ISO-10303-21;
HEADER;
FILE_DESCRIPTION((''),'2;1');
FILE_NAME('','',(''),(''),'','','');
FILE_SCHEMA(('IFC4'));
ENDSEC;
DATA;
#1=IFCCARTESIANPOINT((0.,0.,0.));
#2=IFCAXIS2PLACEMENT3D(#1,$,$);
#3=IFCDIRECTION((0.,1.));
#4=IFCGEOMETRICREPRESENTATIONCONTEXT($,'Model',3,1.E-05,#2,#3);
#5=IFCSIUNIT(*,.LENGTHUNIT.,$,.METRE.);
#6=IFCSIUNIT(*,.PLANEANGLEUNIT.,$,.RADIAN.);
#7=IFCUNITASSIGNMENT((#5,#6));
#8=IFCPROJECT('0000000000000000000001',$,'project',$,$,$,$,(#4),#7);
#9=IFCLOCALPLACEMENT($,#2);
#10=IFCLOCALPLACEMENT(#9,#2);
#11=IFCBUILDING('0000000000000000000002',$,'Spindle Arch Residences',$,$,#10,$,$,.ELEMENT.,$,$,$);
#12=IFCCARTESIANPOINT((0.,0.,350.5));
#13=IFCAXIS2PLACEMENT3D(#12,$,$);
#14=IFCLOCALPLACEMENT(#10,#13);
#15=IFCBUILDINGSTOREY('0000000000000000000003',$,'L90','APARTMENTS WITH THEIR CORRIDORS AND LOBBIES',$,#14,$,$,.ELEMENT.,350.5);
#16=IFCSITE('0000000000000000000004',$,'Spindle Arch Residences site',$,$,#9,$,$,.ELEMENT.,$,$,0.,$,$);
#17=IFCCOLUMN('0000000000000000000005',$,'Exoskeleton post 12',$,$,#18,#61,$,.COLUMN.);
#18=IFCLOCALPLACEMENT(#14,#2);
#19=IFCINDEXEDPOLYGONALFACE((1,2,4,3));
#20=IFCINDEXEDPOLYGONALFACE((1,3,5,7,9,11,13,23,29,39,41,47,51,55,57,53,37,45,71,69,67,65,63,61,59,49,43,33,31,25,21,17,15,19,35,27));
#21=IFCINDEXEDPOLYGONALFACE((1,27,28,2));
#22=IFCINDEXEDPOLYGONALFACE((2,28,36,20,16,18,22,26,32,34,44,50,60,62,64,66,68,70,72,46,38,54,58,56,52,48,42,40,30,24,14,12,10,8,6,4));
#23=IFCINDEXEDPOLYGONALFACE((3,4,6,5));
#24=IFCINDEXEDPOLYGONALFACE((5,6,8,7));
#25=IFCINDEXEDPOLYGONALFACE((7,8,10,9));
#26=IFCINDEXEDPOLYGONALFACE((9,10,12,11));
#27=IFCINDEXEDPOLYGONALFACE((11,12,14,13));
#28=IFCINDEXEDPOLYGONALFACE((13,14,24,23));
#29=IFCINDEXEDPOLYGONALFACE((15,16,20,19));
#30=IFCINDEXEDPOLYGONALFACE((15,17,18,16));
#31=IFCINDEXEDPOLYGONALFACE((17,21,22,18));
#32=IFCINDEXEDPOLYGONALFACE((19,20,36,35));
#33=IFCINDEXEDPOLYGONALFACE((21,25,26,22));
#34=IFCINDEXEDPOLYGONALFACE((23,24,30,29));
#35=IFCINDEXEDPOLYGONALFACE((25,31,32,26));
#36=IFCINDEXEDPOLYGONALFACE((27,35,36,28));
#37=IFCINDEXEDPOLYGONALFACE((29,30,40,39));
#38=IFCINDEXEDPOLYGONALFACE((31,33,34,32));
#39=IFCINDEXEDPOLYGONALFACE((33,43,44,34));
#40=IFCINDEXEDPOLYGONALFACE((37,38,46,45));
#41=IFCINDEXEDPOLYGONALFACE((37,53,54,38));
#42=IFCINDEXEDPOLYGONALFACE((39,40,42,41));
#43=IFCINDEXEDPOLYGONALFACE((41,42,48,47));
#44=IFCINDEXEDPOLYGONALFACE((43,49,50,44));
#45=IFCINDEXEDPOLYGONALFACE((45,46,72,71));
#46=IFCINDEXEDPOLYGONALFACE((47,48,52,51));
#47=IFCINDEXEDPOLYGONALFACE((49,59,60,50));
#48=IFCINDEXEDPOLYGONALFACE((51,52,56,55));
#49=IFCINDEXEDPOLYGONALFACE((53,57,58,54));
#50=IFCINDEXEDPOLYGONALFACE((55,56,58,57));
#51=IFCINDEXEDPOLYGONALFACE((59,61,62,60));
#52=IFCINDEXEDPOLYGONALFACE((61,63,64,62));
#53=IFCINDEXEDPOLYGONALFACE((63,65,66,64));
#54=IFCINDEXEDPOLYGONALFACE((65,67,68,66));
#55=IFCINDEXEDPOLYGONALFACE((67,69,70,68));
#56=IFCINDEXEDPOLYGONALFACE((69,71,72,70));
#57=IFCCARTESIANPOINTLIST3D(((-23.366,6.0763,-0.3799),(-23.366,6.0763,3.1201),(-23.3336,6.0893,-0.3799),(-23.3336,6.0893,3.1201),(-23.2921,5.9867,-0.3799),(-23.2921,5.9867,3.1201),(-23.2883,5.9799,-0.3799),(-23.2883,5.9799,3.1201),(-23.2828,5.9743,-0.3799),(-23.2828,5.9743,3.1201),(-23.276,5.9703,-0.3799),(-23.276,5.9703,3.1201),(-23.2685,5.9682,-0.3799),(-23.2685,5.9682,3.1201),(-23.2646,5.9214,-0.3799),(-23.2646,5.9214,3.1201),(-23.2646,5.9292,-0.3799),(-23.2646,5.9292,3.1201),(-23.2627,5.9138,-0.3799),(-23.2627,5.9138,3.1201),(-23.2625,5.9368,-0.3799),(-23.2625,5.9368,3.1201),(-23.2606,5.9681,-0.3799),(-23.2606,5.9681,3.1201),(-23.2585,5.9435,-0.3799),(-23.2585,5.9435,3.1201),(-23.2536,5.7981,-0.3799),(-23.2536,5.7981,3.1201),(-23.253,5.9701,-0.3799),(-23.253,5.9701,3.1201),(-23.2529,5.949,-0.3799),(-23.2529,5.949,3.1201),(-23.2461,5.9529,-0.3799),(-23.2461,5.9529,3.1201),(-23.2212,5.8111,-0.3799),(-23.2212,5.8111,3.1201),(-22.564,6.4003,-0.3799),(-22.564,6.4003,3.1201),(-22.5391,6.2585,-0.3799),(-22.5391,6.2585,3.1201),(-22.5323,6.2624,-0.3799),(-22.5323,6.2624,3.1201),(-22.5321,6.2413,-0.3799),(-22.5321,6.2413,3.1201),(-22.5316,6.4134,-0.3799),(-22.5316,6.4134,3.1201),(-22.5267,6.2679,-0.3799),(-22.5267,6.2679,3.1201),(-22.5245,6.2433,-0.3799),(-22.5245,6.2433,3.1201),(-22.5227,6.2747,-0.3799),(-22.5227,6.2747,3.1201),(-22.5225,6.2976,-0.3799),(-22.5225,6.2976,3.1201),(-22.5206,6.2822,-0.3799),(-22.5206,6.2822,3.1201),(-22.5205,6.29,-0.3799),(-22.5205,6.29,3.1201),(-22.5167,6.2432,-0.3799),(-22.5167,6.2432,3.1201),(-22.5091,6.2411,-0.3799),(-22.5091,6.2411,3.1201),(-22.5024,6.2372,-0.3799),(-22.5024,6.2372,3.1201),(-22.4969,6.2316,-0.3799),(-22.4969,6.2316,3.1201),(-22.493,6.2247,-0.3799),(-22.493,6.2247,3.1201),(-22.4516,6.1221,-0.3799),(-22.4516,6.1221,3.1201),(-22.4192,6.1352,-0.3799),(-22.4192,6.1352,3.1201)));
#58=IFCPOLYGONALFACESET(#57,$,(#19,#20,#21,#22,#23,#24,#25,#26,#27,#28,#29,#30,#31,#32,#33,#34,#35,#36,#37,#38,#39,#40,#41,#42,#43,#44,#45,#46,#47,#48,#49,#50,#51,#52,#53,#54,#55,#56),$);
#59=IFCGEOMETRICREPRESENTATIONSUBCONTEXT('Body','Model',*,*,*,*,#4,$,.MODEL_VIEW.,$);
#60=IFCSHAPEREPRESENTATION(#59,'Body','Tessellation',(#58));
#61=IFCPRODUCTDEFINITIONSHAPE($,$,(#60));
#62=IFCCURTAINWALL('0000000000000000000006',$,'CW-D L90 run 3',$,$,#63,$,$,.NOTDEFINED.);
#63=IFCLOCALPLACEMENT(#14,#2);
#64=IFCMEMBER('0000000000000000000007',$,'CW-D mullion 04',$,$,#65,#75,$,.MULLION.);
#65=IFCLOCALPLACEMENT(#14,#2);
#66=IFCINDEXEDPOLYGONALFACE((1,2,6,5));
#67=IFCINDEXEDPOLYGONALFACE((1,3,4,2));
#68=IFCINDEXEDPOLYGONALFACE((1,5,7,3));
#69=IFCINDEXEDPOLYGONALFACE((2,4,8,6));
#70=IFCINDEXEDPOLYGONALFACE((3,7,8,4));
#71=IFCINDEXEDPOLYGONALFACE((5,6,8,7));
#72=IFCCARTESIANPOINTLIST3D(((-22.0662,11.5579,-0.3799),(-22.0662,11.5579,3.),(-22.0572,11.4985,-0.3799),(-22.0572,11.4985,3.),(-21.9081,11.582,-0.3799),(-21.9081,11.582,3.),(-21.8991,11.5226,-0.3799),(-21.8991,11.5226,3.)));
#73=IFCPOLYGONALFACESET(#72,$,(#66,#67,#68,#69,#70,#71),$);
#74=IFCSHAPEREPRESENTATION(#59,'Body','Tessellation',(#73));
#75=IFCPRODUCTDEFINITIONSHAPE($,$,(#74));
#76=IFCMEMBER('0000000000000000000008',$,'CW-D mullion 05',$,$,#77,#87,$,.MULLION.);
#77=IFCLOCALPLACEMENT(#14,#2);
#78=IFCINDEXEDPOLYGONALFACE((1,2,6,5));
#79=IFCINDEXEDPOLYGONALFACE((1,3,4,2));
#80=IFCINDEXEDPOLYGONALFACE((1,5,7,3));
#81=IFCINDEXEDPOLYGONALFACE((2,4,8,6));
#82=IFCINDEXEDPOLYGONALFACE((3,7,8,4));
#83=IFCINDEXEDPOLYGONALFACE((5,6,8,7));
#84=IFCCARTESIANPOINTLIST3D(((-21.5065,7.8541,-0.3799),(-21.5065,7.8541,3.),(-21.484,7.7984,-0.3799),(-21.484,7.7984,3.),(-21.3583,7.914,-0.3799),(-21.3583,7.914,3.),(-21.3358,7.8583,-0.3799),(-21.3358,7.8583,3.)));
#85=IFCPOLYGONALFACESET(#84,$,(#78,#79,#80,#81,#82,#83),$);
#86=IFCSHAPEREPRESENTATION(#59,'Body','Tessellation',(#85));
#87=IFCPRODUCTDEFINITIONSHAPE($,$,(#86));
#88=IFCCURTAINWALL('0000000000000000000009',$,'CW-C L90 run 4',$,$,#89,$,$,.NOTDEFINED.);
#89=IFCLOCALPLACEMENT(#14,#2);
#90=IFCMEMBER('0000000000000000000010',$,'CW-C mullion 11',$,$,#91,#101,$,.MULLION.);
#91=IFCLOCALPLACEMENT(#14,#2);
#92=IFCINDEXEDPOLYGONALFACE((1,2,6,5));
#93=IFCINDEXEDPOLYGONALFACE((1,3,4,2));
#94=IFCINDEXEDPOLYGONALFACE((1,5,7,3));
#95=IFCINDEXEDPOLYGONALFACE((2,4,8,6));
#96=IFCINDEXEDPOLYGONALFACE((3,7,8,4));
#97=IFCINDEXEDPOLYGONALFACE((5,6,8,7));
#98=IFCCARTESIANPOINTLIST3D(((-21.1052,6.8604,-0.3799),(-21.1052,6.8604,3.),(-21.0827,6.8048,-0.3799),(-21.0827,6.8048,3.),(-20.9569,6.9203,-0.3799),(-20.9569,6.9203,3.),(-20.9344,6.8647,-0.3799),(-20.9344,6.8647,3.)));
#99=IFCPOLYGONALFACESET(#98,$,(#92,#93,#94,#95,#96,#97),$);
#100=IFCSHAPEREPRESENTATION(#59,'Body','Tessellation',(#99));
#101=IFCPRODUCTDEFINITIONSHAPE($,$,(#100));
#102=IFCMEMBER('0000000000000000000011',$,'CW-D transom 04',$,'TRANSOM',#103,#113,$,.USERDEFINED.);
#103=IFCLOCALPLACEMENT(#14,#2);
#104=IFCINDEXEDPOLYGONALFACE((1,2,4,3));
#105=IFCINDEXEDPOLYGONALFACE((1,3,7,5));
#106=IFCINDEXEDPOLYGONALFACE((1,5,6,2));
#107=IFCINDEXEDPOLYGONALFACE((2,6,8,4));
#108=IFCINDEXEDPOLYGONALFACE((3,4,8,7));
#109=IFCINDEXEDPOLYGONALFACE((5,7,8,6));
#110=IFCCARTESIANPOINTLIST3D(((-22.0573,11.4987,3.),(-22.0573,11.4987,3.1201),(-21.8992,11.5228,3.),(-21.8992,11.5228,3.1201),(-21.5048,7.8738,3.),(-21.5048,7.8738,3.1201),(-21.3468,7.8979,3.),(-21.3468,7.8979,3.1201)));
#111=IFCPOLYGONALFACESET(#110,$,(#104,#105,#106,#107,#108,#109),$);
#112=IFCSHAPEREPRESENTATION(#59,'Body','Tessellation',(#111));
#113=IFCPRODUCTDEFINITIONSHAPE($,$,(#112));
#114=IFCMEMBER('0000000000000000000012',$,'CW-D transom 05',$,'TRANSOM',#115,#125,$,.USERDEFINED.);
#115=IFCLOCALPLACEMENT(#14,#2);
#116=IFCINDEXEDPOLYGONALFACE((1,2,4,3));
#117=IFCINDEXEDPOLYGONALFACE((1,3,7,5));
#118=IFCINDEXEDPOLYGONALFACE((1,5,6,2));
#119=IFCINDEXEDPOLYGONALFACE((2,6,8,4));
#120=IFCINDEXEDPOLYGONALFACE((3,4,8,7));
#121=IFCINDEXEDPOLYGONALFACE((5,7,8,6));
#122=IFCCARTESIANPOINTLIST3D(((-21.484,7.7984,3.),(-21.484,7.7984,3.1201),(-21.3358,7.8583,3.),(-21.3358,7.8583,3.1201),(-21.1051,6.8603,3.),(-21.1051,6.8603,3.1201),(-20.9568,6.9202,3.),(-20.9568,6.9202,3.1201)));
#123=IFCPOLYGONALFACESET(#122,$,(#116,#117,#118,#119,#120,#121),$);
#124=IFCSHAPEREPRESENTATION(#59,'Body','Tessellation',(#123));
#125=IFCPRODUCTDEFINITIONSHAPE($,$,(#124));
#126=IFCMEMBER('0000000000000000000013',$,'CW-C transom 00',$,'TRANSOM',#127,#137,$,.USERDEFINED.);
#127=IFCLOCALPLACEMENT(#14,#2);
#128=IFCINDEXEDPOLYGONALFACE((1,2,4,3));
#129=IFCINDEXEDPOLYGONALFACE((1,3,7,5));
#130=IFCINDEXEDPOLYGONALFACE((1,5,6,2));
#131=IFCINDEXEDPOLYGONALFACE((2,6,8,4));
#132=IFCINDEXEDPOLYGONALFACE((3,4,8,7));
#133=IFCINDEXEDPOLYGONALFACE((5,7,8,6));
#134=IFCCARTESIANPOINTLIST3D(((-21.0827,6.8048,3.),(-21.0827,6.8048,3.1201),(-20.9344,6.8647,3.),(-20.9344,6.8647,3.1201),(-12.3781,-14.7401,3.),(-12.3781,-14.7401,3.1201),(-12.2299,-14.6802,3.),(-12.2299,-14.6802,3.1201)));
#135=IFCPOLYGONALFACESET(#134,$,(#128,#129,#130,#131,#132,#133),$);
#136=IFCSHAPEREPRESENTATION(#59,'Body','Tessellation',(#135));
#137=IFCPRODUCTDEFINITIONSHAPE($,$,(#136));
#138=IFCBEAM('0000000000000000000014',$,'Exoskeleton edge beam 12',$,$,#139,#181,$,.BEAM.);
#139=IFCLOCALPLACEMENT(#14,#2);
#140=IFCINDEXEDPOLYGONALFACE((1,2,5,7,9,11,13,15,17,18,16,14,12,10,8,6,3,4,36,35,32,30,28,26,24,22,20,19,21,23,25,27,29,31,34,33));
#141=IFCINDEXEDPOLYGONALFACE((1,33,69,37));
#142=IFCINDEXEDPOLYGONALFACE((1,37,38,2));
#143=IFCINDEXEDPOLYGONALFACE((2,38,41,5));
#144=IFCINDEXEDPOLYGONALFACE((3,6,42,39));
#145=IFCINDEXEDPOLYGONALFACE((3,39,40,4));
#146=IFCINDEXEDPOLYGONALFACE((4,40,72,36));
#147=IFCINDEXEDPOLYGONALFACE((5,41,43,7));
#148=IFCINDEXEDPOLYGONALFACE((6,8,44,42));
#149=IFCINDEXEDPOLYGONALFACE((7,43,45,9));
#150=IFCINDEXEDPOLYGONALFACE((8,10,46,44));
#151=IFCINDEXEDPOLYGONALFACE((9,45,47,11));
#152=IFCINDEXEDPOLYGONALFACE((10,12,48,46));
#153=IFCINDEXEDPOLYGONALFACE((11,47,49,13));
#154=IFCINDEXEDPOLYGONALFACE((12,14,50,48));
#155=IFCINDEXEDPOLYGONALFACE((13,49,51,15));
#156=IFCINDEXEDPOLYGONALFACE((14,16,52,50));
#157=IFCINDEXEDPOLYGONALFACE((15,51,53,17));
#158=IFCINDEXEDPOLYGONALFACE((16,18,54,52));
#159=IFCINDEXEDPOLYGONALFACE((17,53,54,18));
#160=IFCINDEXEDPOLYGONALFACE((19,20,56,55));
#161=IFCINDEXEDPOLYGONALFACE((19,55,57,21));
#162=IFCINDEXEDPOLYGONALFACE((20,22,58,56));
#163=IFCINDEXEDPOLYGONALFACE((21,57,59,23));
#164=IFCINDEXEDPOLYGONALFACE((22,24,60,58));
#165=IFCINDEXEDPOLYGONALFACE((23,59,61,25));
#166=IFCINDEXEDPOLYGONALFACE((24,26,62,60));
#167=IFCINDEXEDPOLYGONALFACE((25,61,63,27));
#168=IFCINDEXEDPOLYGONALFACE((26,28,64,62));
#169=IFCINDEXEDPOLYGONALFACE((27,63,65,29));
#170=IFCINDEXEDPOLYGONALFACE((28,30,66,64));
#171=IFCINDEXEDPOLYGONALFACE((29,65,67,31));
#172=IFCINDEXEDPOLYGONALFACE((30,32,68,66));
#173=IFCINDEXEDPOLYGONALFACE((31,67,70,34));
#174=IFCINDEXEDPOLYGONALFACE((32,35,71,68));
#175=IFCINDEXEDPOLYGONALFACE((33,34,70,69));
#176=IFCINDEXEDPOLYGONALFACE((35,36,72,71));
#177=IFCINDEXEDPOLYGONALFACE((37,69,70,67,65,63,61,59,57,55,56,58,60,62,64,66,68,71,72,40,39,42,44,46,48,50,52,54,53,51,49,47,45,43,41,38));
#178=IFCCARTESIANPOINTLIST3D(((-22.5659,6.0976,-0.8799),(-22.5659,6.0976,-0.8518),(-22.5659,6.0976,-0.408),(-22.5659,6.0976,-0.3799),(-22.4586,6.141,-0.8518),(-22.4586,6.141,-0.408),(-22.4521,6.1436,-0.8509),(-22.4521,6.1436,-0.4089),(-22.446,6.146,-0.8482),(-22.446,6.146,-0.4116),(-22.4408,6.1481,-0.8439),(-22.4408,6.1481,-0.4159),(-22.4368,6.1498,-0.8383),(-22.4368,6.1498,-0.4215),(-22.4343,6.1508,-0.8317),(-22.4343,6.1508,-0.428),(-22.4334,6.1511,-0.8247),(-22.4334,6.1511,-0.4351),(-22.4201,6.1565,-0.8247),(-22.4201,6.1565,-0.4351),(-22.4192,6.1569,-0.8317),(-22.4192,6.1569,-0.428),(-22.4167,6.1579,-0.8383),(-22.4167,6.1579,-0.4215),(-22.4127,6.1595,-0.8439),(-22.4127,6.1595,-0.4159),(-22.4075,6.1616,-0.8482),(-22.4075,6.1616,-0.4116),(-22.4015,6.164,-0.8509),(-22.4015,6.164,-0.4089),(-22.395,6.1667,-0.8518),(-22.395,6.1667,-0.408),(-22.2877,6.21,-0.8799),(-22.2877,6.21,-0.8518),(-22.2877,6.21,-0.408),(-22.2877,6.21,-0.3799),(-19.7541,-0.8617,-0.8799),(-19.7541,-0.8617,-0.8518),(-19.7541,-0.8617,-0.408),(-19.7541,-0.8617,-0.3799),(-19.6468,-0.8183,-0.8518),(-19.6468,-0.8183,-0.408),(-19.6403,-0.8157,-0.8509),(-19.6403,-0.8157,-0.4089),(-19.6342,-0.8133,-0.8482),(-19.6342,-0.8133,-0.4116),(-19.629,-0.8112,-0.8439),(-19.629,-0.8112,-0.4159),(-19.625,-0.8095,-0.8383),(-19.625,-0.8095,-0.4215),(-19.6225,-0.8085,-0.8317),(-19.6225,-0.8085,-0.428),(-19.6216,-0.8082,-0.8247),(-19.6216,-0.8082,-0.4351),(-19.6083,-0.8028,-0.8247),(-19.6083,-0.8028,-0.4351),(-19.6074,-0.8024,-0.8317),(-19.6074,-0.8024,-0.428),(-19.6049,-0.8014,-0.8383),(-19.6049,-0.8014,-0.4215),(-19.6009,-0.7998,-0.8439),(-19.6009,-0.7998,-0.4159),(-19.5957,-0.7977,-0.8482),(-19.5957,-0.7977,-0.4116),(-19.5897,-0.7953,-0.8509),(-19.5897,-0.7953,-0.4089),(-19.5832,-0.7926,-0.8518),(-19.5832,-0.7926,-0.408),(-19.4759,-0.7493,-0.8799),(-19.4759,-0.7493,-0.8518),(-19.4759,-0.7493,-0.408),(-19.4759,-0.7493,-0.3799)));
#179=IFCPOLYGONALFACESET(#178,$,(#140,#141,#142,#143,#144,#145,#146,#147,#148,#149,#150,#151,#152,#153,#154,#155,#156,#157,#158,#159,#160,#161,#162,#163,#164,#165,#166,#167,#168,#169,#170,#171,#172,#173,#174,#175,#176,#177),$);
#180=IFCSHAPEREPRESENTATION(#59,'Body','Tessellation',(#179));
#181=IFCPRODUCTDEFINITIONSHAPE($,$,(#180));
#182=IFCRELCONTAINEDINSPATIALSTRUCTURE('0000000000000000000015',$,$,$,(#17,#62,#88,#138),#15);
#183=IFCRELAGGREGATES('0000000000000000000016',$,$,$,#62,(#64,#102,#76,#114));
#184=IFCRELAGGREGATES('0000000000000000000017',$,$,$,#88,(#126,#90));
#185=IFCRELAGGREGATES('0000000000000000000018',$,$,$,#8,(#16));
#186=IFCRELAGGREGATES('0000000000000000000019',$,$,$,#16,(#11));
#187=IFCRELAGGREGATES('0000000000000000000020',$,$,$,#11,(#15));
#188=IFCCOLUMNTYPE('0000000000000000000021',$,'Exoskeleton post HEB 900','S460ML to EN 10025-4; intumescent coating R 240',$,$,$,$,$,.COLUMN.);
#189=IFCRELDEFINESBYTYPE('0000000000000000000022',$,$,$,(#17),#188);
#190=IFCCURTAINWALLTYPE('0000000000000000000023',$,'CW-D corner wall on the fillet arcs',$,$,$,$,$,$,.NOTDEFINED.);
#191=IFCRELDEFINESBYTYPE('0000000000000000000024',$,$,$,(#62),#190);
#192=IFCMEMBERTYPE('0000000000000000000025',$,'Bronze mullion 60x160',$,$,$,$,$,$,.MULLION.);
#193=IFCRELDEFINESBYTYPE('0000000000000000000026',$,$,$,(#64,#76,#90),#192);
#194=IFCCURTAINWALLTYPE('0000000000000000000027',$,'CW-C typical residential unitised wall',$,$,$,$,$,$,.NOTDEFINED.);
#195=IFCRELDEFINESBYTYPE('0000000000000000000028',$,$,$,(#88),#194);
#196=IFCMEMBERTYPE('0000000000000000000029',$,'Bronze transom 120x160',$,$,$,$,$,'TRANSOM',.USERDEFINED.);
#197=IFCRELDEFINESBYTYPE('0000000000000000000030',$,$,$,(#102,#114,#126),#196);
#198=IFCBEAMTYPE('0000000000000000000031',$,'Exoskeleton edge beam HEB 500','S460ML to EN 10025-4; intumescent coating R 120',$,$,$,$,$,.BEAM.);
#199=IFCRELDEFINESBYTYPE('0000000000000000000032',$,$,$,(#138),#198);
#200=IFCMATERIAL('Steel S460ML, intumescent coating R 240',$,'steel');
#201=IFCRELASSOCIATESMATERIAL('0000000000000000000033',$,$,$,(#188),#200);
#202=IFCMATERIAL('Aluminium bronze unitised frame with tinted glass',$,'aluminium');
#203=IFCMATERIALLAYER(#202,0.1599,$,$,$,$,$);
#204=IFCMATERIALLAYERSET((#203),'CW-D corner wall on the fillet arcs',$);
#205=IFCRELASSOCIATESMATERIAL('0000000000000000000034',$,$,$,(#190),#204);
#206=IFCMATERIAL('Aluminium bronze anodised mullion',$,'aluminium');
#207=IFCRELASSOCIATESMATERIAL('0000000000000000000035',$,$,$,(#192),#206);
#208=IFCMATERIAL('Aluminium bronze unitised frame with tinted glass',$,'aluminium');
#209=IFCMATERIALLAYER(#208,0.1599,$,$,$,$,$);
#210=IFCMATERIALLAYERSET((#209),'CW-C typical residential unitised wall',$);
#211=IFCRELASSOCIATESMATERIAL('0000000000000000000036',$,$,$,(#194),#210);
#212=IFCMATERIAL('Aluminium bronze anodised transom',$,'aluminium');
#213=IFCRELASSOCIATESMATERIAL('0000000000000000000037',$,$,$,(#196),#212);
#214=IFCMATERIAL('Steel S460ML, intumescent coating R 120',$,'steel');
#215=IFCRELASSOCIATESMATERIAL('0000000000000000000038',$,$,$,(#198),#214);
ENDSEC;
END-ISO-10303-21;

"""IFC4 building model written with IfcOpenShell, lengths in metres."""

from ifc_helpers import new_model, si_unit, direction, frame, origin, origin_2d, place, context, subcontext, project, spatial, rectangle, i_section, extrude, material, layer, layer_set, material_profile, profile_set, type_object, element, aggregate, save


model = new_model("IFC4")

# Units and contexts
model_context = context("Model", 3, precision=1e-05, world=origin(), true_north=direction((0.0, 1.0)))
body_context = subcontext(model_context, "Body", "Model", "MODEL_VIEW")
ifc_project = project(units=[si_unit("LENGTHUNIT", "METRE"), si_unit("PLANEANGLEUNIT", "RADIAN")], contexts=[model_context])

# Site, building, storey
site_placement = place(None, origin())
site = spatial("IfcSite", under=ifc_project, at=site_placement, Name="Spindle Arch Residences site", CompositionType="ELEMENT", RefElevation=0.0)
building_placement = place(site_placement, origin())
building = spatial("IfcBuilding", under=site, at=building_placement, Name="Spindle Arch Residences", CompositionType="ELEMENT")
storey_placement = place(building_placement, frame((0.0, 0.0, 350.5)))
storey = spatial("IfcBuildingStorey", under=building, at=storey_placement, Name="L90", Description="APARTMENTS WITH THEIR CORRIDORS AND LOBBIES", CompositionType="ELEMENT", Elevation=350.5)

# Column
ifc_material_1 = material(Name="Steel S460ML, intumescent coating R 240", Category="steel")
ifc_material_profile_1 = material_profile(ifc_material_1, i_section(OverallWidth=0.3, OverallDepth=0.8999, WebThickness=0.0186, FlangeThickness=0.0349, FilletRadius=0.03, at=origin_2d()), Name="HEB 900")
ifc_profile_set_1 = profile_set([ifc_material_profile_1], Name="Steel S460ML, intumescent coating R 240")
column_type = type_object("IfcColumnType", Name="Exoskeleton post HEB 900", Description="S460ML to EN 10025-4; intumescent coating R 240", PredefinedType="COLUMN", material=ifc_profile_set_1)
column_placement = place(storey_placement, frame((-22.8926, 6.1057, -0.3799), z_axis=(0.0, 0.0, 1.0), x_axis=(-0.374607, 0.927184, 0.0)))
element("IfcColumn", 1, at=column_placement, inside=storey, type_object=column_type, Name="Exoskeleton post 12", PredefinedType="COLUMN", context=body_context, shape_type="SweptSolid", body=[
    extrude(i_section(OverallWidth=0.3, OverallDepth=0.8999, WebThickness=0.0186, FlangeThickness=0.0349, FilletRadius=0.03, at=origin_2d()), origin(), (0.0, 0.0, 1.0), 3.5),
])

# Curtain wall, members
ifc_material_2 = material(Name="Aluminium bronze unitised frame with tinted glass", Category="aluminium")
ifc_layer_1 = layer(ifc_material_2, 0.1599)
ifc_layer_set_1 = layer_set([ifc_layer_1], Name="CW-D corner wall on the fillet arcs")
curtain_wall_type_1 = type_object("IfcCurtainWallType", Name="CW-D corner wall on the fillet arcs", PredefinedType="NOTDEFINED", material=ifc_layer_set_1)
curtain_wall_1_placement = place(storey_placement, origin())
curtain_wall_1 = element("IfcCurtainWall", 2, at=curtain_wall_1_placement, inside=storey, type_object=curtain_wall_type_1, Name="CW-D L90 run 3", PredefinedType="NOTDEFINED")
ifc_material_3 = material(Name="Aluminium bronze anodised mullion", Category="aluminium")
ifc_material_profile_2 = material_profile(ifc_material_3, rectangle(XDim=0.1599, YDim=0.0601, at=origin_2d()), Name="MU 60x160")
ifc_profile_set_2 = profile_set([ifc_material_profile_2], Name="Aluminium bronze anodised mullion")
member_type_1 = type_object("IfcMemberType", Name="Bronze mullion 60x160", PredefinedType="MULLION", material=ifc_profile_set_2)
member_1_placement = place(storey_placement, frame((-21.9827, 11.5403, -0.3799), z_axis=(0.0, 0.0, 1.0), x_axis=(0.988582, 0.150686, 0.0)))
member_1 = element("IfcMember", 3, at=member_1_placement, type_object=member_type_1, Name="CW-D mullion 04", PredefinedType="MULLION", context=body_context, shape_type="SweptSolid", body=[
    extrude(rectangle(XDim=0.1599, YDim=0.0601, at=origin_2d()), origin(), (0.0, 0.0, 1.0), 3.3799),
])
member_2_placement = place(storey_placement, frame((-21.4211, 7.8562, -0.3799), z_axis=(0.0, 0.0, 1.0), x_axis=(0.927184, 0.374607, 0.0)))
member_2 = element("IfcMember", 4, at=member_2_placement, type_object=member_type_1, Name="CW-D mullion 05", PredefinedType="MULLION", context=body_context, shape_type="SweptSolid", body=[
    extrude(rectangle(XDim=0.1599, YDim=0.0601, at=origin_2d()), origin(), (0.0, 0.0, 1.0), 3.3799),
])

# Curtain wall, member
ifc_material_4 = material(Name="Aluminium bronze unitised frame with tinted glass", Category="aluminium")
ifc_layer_2 = layer(ifc_material_4, 0.1599)
ifc_layer_set_2 = layer_set([ifc_layer_2], Name="CW-C typical residential unitised wall")
curtain_wall_type_2 = type_object("IfcCurtainWallType", Name="CW-C typical residential unitised wall", PredefinedType="NOTDEFINED", material=ifc_layer_set_2)
curtain_wall_2_placement = place(storey_placement, origin())
curtain_wall_2 = element("IfcCurtainWall", 5, at=curtain_wall_2_placement, inside=storey, type_object=curtain_wall_type_2, Name="CW-C L90 run 4", PredefinedType="NOTDEFINED")
member_3_placement = place(storey_placement, frame((-21.0198, 6.8625, -0.3799), z_axis=(0.0, 0.0, 1.0), x_axis=(0.927184, 0.374607, 0.0)))
member_3 = element("IfcMember", 6, at=member_3_placement, type_object=member_type_1, Name="CW-C mullion 11", PredefinedType="MULLION", context=body_context, shape_type="SweptSolid", body=[
    extrude(rectangle(XDim=0.1599, YDim=0.0601, at=origin_2d()), origin(), (0.0, 0.0, 1.0), 3.3799),
])

# Members
ifc_material_5 = material(Name="Aluminium bronze anodised transom", Category="aluminium")
ifc_material_profile_3 = material_profile(ifc_material_5, rectangle(XDim=0.1599, YDim=0.1201, at=origin_2d()), Name="TR 120x160")
ifc_profile_set_3 = profile_set([ifc_material_profile_3], Name="Aluminium bronze anodised transom")
member_type_2 = type_object("IfcMemberType", Name="Bronze transom 120x160", ElementType="TRANSOM", PredefinedType="USERDEFINED", material=ifc_profile_set_3)
member_4_placement = place(storey_placement, frame((-21.9783, 11.5107, 3.0601), z_axis=(0.150671, -0.988584, 0.0), x_axis=(0.988584, 0.150671, 0.0)))
member_4 = element("IfcMember", 7, at=member_4_placement, type_object=member_type_2, Name="CW-D transom 04", ObjectType="TRANSOM", PredefinedType="USERDEFINED", context=body_context, shape_type="SweptSolid", body=[
    extrude(rectangle(XDim=0.1599, YDim=0.1201, at=origin_2d()), origin(), (0.0, 0.0, 1.0), 3.6667),
])
member_5_placement = place(storey_placement, frame((-21.4099, 7.8284, 3.0601), z_axis=(0.374551, -0.927206, 0.0), x_axis=(0.927206, 0.374551, 0.0)))
member_5 = element("IfcMember", 8, at=member_5_placement, type_object=member_type_2, Name="CW-D transom 05", ObjectType="TRANSOM", PredefinedType="USERDEFINED", context=body_context, shape_type="SweptSolid", body=[
    extrude(rectangle(XDim=0.1599, YDim=0.1201, at=origin_2d()), origin(), (0.0, 0.0, 1.0), 1.0117),
])
member_6_placement = place(storey_placement, frame((-21.0085, 6.8347, 3.0601), z_axis=(0.374602, -0.927186, 0.0), x_axis=(0.927186, 0.374602, 0.0)))
member_6 = element("IfcMember", 9, at=member_6_placement, type_object=member_type_2, Name="CW-C transom 00", ObjectType="TRANSOM", PredefinedType="USERDEFINED", context=body_context, shape_type="SweptSolid", body=[
    extrude(rectangle(XDim=0.1599, YDim=0.1201, at=origin_2d()), origin(), (0.0, 0.0, 1.0), 23.2368),
])

# Beam
ifc_material_6 = material(Name="Steel S460ML, intumescent coating R 120", Category="steel")
ifc_material_profile_4 = material_profile(ifc_material_6, i_section(OverallWidth=0.3, OverallDepth=0.5, WebThickness=0.0144, FlangeThickness=0.0281, FilletRadius=0.0271, at=origin_2d()), Name="HEB 500")
ifc_profile_set_4 = profile_set([ifc_material_profile_4], Name="Steel S460ML, intumescent coating R 120")
beam_type_1 = type_object("IfcBeamType", Name="Exoskeleton edge beam HEB 500", Description="S460ML to EN 10025-4; intumescent coating R 120", PredefinedType="BEAM", material=ifc_profile_set_4)
beam_1_placement = place(storey_placement, frame((-22.4268, 6.1538, -0.6299), z_axis=(0.374613, -0.927181, 0.0), x_axis=(0.927181, 0.374613, 0.0)))
element("IfcBeam", 10, at=beam_1_placement, inside=storey, type_object=beam_type_1, Name="Exoskeleton edge beam 12", PredefinedType="BEAM", context=body_context, shape_type="SweptSolid", body=[
    extrude(i_section(OverallWidth=0.3, OverallDepth=0.5, WebThickness=0.0144, FlangeThickness=0.0281, FilletRadius=0.0271, at=origin_2d()), origin(), (0.0, 0.0, 1.0), 7.5059),
])

aggregate(curtain_wall_1, [member_1, member_4, member_2, member_5])
aggregate(curtain_wall_2, [member_6, member_3])

save(model, "model.ifc")
